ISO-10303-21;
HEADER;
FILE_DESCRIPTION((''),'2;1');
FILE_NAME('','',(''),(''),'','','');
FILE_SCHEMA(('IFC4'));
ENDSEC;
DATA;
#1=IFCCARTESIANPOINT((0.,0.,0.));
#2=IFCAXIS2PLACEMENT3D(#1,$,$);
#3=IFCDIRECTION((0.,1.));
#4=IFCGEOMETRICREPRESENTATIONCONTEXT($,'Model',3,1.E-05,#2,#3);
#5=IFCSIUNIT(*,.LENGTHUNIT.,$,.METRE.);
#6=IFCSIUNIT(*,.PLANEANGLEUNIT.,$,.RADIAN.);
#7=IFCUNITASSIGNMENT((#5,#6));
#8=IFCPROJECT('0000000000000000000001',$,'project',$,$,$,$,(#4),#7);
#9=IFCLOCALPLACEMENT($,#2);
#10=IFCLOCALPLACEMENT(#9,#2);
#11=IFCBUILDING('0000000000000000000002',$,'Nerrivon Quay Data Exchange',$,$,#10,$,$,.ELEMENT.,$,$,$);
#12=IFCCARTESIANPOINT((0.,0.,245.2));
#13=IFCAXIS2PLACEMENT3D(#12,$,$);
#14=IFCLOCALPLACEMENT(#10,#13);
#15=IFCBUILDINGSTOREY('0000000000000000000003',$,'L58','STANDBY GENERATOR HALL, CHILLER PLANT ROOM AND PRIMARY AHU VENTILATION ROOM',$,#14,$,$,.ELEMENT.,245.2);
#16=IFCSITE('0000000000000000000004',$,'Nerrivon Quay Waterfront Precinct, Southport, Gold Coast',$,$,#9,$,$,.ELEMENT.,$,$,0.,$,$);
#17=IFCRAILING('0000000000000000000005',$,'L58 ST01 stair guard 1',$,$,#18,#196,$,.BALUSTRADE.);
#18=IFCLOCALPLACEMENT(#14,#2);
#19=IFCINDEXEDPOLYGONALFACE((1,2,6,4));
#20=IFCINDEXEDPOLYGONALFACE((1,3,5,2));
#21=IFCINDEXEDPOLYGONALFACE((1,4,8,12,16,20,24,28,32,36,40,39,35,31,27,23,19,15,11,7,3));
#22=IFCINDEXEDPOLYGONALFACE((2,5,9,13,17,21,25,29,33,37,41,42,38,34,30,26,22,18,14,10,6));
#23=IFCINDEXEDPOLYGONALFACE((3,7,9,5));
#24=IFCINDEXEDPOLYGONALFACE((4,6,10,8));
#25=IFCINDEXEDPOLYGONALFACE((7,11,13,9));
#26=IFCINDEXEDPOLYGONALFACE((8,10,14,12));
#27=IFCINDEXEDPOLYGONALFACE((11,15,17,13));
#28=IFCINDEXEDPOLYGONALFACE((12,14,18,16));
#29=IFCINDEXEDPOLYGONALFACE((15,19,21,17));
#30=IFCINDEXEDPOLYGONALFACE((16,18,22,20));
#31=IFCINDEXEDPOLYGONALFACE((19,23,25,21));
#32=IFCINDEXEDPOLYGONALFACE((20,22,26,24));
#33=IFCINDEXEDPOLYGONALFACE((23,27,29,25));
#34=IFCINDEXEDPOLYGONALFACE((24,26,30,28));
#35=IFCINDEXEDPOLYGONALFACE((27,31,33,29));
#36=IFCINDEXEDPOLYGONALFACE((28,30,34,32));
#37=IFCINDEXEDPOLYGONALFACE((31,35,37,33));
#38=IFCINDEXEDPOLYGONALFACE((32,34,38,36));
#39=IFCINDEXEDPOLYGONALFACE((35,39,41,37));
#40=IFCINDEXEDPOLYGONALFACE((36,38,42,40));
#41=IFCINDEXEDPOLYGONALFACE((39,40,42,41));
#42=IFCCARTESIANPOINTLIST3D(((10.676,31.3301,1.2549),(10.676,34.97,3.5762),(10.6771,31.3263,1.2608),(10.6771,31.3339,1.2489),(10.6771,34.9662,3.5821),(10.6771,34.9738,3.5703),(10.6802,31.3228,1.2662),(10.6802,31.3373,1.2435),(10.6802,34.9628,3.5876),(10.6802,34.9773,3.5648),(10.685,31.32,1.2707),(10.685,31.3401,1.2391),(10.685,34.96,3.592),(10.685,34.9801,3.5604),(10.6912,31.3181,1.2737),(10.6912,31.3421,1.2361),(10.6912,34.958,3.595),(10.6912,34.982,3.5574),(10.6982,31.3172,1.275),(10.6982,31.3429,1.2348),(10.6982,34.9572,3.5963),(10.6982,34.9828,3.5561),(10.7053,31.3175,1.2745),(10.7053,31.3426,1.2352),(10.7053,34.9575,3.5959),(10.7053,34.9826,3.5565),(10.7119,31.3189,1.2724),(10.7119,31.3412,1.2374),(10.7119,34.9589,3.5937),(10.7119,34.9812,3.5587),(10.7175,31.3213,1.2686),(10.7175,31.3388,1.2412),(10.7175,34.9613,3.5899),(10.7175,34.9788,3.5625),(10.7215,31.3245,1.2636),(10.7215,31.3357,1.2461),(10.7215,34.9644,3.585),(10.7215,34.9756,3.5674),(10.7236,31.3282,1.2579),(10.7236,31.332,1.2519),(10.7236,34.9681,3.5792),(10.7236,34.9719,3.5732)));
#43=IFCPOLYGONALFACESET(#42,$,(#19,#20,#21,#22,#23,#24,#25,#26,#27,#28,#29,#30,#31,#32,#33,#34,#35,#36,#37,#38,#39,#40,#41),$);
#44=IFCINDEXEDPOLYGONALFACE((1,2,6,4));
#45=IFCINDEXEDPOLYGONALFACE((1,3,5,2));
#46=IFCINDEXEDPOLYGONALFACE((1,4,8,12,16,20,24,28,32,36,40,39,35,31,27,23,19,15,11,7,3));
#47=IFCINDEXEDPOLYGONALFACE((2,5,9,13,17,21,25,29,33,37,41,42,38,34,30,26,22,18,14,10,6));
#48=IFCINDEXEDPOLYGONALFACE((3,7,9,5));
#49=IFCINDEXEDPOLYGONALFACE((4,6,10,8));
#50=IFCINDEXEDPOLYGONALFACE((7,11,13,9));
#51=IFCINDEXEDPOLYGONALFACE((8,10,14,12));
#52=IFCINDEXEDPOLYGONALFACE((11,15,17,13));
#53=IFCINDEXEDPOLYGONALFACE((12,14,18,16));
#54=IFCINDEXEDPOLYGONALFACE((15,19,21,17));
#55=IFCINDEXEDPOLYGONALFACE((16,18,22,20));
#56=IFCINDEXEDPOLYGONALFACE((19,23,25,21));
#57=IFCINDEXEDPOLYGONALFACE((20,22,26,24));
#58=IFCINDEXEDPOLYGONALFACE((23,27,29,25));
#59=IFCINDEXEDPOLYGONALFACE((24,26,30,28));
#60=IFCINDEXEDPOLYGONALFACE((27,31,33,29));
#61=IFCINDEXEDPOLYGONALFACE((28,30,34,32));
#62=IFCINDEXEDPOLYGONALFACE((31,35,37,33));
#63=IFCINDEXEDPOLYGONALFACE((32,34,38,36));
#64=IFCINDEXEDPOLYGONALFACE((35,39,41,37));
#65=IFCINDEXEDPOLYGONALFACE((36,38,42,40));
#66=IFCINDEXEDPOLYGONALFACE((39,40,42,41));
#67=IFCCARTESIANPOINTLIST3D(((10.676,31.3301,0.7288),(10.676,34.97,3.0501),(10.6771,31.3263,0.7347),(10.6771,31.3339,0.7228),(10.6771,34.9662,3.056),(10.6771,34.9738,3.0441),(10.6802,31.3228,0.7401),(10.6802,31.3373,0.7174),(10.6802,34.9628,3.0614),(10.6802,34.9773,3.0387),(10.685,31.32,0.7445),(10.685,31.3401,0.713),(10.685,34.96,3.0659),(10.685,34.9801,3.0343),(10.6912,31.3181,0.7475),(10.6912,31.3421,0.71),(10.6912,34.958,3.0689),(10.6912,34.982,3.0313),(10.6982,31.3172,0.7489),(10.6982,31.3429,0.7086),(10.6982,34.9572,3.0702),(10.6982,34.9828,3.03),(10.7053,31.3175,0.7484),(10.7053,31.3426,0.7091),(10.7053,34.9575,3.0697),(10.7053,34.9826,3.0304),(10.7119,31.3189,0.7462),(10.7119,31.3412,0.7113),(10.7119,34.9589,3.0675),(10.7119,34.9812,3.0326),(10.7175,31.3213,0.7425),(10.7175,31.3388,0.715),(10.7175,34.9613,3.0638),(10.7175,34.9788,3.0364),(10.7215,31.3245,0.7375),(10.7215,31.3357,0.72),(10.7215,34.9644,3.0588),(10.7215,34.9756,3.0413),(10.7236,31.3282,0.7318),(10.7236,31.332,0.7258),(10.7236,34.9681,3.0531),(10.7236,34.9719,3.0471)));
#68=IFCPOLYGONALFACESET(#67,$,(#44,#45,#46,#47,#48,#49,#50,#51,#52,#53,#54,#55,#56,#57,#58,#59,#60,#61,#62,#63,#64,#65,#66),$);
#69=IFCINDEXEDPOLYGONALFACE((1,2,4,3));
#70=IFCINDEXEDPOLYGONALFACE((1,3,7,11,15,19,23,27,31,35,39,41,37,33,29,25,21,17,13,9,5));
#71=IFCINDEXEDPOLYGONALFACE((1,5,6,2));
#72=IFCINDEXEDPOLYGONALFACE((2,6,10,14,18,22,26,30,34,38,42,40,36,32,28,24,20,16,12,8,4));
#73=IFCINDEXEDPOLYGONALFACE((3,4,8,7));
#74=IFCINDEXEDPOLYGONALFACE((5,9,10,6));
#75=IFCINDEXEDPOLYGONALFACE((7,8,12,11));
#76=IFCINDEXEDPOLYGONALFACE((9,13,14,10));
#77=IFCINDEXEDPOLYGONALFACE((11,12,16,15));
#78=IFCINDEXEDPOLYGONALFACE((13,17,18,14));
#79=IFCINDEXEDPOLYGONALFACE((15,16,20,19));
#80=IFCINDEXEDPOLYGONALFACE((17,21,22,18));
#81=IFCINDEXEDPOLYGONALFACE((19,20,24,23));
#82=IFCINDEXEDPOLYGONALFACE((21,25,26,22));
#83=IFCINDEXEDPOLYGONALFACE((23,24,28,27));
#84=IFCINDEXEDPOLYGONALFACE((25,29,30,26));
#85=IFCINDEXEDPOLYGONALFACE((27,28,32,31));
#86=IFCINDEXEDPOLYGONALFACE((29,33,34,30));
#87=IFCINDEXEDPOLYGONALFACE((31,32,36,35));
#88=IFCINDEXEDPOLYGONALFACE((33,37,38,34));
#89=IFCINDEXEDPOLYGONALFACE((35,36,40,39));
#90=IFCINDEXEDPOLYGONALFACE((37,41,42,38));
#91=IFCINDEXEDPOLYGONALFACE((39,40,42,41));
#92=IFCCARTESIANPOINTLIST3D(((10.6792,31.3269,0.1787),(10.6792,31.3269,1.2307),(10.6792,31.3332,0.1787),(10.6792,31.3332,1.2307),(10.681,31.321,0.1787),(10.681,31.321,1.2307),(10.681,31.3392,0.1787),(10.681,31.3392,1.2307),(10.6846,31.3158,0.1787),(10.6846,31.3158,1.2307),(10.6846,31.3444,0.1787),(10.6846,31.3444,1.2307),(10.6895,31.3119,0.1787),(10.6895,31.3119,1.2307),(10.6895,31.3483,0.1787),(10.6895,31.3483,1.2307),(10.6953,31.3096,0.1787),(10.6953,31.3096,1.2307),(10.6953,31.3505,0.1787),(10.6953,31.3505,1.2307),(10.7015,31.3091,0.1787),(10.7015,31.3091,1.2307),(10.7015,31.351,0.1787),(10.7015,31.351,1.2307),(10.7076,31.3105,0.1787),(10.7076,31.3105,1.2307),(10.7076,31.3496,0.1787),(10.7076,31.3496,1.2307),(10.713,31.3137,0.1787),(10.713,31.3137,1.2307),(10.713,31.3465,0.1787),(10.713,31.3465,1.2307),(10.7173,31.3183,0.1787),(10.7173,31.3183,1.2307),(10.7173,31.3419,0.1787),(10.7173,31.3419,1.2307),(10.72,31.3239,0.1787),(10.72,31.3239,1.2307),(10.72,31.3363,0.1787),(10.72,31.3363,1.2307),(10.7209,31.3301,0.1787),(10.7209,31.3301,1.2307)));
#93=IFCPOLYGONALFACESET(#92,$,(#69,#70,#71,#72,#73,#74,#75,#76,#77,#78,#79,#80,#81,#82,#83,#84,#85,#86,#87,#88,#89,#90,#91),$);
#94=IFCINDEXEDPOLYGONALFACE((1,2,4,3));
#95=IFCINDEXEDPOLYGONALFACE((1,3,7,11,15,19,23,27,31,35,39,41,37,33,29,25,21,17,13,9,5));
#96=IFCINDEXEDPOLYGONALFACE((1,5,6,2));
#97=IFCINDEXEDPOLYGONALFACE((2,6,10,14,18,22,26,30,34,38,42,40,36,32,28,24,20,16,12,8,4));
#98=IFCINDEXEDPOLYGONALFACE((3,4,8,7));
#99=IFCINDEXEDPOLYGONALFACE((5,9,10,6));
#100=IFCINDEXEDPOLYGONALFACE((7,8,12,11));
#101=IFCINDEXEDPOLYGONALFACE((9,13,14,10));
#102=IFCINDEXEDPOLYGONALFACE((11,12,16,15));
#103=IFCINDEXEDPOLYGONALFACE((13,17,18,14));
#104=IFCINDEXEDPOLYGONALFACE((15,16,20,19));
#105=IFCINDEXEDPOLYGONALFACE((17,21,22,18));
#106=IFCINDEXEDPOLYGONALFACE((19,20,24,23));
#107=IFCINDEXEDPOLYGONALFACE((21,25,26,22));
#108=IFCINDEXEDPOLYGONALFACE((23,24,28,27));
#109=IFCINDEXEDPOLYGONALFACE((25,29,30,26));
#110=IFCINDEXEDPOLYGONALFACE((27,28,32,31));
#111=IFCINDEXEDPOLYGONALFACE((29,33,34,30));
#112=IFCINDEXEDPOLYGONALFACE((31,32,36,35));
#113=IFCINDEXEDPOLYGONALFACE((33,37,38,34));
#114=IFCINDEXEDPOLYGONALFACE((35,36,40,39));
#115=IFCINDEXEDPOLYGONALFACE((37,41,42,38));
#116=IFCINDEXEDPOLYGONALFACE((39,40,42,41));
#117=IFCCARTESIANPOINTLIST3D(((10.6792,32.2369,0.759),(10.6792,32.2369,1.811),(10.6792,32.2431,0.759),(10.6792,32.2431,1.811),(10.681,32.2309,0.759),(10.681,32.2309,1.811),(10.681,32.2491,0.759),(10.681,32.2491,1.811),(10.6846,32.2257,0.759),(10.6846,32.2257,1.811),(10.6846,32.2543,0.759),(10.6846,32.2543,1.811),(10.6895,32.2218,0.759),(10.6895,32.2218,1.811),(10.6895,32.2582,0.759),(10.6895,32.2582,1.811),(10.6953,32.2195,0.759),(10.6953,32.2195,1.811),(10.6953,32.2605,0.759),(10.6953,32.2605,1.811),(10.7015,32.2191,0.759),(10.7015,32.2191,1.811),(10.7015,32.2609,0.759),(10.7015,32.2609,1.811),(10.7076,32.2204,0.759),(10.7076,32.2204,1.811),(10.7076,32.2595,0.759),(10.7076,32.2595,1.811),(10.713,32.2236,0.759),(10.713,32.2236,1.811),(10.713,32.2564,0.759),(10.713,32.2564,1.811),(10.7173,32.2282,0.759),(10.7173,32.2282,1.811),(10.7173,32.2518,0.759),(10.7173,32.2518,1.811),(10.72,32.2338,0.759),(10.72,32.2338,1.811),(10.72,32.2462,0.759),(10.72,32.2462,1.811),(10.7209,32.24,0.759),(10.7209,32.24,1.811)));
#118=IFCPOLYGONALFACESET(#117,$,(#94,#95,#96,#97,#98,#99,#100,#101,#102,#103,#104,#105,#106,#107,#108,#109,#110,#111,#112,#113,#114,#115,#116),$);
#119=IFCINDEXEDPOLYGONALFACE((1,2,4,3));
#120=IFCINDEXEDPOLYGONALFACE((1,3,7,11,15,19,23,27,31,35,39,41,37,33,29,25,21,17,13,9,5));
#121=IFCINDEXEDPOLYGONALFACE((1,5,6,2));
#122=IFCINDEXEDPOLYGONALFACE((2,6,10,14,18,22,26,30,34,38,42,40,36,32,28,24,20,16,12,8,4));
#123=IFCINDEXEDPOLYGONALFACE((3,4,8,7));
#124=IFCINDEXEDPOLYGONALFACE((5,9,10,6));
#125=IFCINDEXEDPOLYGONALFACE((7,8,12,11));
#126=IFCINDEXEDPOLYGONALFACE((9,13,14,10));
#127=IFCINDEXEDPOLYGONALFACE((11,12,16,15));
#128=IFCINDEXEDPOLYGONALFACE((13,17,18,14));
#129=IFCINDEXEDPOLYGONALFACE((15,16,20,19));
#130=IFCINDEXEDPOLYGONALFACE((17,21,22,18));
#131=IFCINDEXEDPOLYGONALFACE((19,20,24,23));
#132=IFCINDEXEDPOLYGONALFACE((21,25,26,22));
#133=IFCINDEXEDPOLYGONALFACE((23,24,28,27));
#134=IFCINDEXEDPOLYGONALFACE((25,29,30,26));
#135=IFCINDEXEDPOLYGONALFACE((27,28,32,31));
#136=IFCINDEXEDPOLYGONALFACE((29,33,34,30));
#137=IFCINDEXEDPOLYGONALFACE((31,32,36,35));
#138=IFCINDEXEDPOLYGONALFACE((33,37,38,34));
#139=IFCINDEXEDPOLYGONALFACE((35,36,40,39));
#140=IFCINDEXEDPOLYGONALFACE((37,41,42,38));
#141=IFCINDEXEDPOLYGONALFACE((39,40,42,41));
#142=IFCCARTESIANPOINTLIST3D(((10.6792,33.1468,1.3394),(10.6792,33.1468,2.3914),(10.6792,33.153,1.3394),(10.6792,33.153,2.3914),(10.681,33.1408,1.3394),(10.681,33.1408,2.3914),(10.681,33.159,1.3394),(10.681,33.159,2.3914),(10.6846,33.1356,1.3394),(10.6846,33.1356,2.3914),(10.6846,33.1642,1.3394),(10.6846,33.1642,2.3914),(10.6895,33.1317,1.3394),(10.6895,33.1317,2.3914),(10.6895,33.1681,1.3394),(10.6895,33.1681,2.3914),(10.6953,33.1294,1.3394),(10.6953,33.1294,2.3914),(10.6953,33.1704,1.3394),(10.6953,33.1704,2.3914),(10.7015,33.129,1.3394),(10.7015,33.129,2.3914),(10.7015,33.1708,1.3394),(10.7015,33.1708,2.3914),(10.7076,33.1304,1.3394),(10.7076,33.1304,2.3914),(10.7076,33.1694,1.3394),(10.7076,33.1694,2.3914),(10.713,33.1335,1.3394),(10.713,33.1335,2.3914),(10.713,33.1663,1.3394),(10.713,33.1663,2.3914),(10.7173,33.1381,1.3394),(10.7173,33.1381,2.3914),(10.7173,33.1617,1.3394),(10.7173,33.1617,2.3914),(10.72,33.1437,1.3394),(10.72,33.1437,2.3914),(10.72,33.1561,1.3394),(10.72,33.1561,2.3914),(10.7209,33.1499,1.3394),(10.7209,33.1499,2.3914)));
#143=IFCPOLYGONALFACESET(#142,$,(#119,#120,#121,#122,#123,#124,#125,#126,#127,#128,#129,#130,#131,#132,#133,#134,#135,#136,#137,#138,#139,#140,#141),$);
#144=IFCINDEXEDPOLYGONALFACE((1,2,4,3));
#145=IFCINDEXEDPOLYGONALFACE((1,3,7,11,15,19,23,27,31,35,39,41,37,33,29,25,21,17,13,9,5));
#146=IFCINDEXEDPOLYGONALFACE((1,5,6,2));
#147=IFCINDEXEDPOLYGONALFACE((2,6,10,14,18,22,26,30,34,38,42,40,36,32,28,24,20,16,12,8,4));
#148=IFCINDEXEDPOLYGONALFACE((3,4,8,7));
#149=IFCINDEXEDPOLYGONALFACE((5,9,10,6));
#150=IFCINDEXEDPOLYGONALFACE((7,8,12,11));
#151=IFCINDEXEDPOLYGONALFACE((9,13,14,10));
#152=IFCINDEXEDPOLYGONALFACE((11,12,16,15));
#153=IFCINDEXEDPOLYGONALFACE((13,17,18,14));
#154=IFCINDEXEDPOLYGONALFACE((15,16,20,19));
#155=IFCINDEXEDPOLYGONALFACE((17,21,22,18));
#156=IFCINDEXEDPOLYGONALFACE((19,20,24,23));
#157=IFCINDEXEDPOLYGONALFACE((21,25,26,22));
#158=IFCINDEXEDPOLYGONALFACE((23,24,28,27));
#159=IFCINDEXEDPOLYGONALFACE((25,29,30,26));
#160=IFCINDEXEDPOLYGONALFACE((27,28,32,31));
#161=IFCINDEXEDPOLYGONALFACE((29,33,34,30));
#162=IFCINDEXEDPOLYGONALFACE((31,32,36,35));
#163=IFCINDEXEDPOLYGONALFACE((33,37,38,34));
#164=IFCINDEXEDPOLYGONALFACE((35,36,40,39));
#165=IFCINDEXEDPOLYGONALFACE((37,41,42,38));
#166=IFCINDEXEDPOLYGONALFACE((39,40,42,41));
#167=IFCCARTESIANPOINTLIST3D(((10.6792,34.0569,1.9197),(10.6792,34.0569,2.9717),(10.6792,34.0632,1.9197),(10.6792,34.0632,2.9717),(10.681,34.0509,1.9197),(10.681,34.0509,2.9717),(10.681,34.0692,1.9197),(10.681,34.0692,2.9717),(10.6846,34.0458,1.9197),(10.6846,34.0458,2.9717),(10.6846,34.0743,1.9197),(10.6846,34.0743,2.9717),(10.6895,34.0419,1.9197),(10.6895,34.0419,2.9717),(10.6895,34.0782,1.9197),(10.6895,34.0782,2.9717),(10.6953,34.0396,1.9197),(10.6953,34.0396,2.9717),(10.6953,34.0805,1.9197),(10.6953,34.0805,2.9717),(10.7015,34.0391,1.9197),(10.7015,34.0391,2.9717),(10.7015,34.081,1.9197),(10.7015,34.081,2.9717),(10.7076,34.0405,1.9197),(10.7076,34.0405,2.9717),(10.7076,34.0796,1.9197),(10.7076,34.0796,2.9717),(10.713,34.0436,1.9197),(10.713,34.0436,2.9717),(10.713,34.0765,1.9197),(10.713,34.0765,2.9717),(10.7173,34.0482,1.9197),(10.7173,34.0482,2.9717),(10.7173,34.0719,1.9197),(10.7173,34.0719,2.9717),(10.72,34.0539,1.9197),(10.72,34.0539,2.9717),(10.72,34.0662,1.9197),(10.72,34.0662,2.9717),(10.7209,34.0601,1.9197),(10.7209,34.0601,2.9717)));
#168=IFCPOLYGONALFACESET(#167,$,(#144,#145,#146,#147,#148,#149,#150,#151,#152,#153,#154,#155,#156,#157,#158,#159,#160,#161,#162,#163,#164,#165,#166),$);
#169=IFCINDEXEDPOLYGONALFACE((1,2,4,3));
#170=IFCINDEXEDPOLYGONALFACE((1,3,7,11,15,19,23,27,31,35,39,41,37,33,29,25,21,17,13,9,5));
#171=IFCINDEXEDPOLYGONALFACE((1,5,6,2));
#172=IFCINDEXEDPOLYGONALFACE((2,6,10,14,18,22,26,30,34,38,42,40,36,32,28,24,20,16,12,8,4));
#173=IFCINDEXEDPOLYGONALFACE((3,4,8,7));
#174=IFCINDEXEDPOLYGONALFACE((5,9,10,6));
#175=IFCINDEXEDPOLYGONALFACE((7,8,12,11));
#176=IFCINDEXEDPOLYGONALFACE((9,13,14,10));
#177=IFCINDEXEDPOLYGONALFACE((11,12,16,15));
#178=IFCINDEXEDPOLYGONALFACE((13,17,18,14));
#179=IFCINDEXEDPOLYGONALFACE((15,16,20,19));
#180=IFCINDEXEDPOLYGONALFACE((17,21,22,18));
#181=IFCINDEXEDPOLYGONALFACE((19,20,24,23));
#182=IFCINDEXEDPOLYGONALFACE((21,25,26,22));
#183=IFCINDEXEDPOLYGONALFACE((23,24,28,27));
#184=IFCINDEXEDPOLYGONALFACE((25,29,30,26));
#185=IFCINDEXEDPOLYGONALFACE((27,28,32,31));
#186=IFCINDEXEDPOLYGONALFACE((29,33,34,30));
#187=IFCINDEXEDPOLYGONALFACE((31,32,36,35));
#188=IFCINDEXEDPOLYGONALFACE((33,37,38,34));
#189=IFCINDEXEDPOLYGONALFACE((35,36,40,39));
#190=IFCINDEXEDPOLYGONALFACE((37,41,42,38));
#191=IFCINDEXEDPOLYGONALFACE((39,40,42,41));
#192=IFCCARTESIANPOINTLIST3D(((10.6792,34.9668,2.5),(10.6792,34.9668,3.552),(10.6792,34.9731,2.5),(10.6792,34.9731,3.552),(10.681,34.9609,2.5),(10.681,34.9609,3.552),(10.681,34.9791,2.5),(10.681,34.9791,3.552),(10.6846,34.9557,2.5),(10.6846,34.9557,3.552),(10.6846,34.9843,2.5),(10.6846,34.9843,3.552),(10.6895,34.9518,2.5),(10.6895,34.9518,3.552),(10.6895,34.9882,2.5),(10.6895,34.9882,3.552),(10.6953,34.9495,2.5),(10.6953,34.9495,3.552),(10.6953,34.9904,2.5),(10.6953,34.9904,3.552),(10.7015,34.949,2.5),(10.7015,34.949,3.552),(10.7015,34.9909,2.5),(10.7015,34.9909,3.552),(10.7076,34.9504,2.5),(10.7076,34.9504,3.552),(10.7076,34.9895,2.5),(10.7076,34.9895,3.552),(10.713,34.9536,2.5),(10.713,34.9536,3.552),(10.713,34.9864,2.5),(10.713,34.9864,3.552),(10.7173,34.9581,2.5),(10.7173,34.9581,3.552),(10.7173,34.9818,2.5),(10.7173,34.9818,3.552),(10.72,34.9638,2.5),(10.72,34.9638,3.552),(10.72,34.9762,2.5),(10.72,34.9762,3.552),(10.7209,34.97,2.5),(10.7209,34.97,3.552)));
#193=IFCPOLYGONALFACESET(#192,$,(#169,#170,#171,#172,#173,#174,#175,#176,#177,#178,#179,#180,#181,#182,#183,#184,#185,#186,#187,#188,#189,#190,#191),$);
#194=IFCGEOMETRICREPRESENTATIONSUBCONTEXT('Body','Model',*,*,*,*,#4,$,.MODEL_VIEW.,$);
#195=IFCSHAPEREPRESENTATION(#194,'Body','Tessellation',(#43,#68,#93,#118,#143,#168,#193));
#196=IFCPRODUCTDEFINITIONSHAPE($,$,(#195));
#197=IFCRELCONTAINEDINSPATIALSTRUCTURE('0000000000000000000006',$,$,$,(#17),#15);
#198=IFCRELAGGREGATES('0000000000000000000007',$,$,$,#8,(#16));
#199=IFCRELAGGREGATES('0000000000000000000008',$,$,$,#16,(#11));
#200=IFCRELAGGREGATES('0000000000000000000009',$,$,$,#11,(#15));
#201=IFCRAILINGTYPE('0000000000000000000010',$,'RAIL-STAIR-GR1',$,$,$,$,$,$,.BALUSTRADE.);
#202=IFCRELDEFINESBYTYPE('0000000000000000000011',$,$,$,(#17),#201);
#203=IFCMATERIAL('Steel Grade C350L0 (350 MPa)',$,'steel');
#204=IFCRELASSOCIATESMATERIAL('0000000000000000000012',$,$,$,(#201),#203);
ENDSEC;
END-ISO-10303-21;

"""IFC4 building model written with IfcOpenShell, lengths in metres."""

from ifc_helpers import new_model, si_unit, direction, frame, origin, origin_2d, place, context, subcontext, project, spatial, circle, extrude, material, type_object, element, save


model = new_model("IFC4")

# Units and contexts
model_context = context("Model", 3, precision=1e-05, world=origin(), true_north=direction((0.0, 1.0)))
body_context = subcontext(model_context, "Body", "Model", "MODEL_VIEW")
ifc_project = project(units=[si_unit("LENGTHUNIT", "METRE"), si_unit("PLANEANGLEUNIT", "RADIAN")], contexts=[model_context])

# Site, building, storey
site_placement = place(None, origin())
site = spatial("IfcSite", under=ifc_project, at=site_placement, Name="Nerrivon Quay Waterfront Precinct, Southport, Gold Coast", CompositionType="ELEMENT", RefElevation=0.0)
building_placement = place(site_placement, origin())
building = spatial("IfcBuilding", under=site, at=building_placement, Name="Nerrivon Quay Data Exchange", CompositionType="ELEMENT")
storey_placement = place(building_placement, frame((0.0, 0.0, 245.2)))
storey = spatial("IfcBuildingStorey", under=building, at=storey_placement, Name="L58", Description="STANDBY GENERATOR HALL, CHILLER PLANT ROOM AND PRIMARY AHU VENTILATION ROOM", CompositionType="ELEMENT", Elevation=245.2)

# Railing
ifc_material_1 = material(Name="Steel Grade C350L0 (350 MPa)", Category="steel")
railing_type_1 = type_object("IfcRailingType", Name="RAIL-STAIR-GR1", PredefinedType="BALUSTRADE", material=ifc_material_1)
railing_1_placement = place(storey_placement, frame((10.7, 31.3301, 0.1787)))
element("IfcRailing", 1, at=railing_1_placement, inside=storey, type_object=railing_type_1, Name="L58 ST01 stair guard 1", PredefinedType="BALUSTRADE", context=body_context, shape_type="SweptSolid", body=[
    extrude(circle(Radius=0.0239, at=origin_2d()), frame((0.0, 0.0, 1.0762), z_axis=(0.0, 0.843137, 0.537699), x_axis=(-1.0, 0.0, 0.0)), (0.0, 0.0, 1.0), 4.3171),
    extrude(circle(Radius=0.0239, at=origin_2d()), frame((0.0, 0.0, 0.55), z_axis=(0.0, 0.843137, 0.537699), x_axis=(-1.0, 0.0, 0.0)), (0.0, 0.0, 1.0), 4.3171),
    extrude(circle(Radius=0.021, at=origin_2d()), origin(), (0.0, 0.0, 1.0), 1.052),
    extrude(circle(Radius=0.021, at=origin_2d()), frame((0.0, 0.9099, 0.5803)), (0.0, 0.0, 1.0), 1.052),
    extrude(circle(Radius=0.021, at=origin_2d()), frame((0.0, 1.8198, 1.1606)), (0.0, 0.0, 1.0), 1.052),
    extrude(circle(Radius=0.021, at=origin_2d()), frame((0.0, 2.73, 1.741)), (0.0, 0.0, 1.0), 1.052),
    extrude(circle(Radius=0.021, at=origin_2d()), frame((0.0, 3.6399, 2.3213)), (0.0, 0.0, 1.0), 1.052),
])

save(model, "model.ifc")
